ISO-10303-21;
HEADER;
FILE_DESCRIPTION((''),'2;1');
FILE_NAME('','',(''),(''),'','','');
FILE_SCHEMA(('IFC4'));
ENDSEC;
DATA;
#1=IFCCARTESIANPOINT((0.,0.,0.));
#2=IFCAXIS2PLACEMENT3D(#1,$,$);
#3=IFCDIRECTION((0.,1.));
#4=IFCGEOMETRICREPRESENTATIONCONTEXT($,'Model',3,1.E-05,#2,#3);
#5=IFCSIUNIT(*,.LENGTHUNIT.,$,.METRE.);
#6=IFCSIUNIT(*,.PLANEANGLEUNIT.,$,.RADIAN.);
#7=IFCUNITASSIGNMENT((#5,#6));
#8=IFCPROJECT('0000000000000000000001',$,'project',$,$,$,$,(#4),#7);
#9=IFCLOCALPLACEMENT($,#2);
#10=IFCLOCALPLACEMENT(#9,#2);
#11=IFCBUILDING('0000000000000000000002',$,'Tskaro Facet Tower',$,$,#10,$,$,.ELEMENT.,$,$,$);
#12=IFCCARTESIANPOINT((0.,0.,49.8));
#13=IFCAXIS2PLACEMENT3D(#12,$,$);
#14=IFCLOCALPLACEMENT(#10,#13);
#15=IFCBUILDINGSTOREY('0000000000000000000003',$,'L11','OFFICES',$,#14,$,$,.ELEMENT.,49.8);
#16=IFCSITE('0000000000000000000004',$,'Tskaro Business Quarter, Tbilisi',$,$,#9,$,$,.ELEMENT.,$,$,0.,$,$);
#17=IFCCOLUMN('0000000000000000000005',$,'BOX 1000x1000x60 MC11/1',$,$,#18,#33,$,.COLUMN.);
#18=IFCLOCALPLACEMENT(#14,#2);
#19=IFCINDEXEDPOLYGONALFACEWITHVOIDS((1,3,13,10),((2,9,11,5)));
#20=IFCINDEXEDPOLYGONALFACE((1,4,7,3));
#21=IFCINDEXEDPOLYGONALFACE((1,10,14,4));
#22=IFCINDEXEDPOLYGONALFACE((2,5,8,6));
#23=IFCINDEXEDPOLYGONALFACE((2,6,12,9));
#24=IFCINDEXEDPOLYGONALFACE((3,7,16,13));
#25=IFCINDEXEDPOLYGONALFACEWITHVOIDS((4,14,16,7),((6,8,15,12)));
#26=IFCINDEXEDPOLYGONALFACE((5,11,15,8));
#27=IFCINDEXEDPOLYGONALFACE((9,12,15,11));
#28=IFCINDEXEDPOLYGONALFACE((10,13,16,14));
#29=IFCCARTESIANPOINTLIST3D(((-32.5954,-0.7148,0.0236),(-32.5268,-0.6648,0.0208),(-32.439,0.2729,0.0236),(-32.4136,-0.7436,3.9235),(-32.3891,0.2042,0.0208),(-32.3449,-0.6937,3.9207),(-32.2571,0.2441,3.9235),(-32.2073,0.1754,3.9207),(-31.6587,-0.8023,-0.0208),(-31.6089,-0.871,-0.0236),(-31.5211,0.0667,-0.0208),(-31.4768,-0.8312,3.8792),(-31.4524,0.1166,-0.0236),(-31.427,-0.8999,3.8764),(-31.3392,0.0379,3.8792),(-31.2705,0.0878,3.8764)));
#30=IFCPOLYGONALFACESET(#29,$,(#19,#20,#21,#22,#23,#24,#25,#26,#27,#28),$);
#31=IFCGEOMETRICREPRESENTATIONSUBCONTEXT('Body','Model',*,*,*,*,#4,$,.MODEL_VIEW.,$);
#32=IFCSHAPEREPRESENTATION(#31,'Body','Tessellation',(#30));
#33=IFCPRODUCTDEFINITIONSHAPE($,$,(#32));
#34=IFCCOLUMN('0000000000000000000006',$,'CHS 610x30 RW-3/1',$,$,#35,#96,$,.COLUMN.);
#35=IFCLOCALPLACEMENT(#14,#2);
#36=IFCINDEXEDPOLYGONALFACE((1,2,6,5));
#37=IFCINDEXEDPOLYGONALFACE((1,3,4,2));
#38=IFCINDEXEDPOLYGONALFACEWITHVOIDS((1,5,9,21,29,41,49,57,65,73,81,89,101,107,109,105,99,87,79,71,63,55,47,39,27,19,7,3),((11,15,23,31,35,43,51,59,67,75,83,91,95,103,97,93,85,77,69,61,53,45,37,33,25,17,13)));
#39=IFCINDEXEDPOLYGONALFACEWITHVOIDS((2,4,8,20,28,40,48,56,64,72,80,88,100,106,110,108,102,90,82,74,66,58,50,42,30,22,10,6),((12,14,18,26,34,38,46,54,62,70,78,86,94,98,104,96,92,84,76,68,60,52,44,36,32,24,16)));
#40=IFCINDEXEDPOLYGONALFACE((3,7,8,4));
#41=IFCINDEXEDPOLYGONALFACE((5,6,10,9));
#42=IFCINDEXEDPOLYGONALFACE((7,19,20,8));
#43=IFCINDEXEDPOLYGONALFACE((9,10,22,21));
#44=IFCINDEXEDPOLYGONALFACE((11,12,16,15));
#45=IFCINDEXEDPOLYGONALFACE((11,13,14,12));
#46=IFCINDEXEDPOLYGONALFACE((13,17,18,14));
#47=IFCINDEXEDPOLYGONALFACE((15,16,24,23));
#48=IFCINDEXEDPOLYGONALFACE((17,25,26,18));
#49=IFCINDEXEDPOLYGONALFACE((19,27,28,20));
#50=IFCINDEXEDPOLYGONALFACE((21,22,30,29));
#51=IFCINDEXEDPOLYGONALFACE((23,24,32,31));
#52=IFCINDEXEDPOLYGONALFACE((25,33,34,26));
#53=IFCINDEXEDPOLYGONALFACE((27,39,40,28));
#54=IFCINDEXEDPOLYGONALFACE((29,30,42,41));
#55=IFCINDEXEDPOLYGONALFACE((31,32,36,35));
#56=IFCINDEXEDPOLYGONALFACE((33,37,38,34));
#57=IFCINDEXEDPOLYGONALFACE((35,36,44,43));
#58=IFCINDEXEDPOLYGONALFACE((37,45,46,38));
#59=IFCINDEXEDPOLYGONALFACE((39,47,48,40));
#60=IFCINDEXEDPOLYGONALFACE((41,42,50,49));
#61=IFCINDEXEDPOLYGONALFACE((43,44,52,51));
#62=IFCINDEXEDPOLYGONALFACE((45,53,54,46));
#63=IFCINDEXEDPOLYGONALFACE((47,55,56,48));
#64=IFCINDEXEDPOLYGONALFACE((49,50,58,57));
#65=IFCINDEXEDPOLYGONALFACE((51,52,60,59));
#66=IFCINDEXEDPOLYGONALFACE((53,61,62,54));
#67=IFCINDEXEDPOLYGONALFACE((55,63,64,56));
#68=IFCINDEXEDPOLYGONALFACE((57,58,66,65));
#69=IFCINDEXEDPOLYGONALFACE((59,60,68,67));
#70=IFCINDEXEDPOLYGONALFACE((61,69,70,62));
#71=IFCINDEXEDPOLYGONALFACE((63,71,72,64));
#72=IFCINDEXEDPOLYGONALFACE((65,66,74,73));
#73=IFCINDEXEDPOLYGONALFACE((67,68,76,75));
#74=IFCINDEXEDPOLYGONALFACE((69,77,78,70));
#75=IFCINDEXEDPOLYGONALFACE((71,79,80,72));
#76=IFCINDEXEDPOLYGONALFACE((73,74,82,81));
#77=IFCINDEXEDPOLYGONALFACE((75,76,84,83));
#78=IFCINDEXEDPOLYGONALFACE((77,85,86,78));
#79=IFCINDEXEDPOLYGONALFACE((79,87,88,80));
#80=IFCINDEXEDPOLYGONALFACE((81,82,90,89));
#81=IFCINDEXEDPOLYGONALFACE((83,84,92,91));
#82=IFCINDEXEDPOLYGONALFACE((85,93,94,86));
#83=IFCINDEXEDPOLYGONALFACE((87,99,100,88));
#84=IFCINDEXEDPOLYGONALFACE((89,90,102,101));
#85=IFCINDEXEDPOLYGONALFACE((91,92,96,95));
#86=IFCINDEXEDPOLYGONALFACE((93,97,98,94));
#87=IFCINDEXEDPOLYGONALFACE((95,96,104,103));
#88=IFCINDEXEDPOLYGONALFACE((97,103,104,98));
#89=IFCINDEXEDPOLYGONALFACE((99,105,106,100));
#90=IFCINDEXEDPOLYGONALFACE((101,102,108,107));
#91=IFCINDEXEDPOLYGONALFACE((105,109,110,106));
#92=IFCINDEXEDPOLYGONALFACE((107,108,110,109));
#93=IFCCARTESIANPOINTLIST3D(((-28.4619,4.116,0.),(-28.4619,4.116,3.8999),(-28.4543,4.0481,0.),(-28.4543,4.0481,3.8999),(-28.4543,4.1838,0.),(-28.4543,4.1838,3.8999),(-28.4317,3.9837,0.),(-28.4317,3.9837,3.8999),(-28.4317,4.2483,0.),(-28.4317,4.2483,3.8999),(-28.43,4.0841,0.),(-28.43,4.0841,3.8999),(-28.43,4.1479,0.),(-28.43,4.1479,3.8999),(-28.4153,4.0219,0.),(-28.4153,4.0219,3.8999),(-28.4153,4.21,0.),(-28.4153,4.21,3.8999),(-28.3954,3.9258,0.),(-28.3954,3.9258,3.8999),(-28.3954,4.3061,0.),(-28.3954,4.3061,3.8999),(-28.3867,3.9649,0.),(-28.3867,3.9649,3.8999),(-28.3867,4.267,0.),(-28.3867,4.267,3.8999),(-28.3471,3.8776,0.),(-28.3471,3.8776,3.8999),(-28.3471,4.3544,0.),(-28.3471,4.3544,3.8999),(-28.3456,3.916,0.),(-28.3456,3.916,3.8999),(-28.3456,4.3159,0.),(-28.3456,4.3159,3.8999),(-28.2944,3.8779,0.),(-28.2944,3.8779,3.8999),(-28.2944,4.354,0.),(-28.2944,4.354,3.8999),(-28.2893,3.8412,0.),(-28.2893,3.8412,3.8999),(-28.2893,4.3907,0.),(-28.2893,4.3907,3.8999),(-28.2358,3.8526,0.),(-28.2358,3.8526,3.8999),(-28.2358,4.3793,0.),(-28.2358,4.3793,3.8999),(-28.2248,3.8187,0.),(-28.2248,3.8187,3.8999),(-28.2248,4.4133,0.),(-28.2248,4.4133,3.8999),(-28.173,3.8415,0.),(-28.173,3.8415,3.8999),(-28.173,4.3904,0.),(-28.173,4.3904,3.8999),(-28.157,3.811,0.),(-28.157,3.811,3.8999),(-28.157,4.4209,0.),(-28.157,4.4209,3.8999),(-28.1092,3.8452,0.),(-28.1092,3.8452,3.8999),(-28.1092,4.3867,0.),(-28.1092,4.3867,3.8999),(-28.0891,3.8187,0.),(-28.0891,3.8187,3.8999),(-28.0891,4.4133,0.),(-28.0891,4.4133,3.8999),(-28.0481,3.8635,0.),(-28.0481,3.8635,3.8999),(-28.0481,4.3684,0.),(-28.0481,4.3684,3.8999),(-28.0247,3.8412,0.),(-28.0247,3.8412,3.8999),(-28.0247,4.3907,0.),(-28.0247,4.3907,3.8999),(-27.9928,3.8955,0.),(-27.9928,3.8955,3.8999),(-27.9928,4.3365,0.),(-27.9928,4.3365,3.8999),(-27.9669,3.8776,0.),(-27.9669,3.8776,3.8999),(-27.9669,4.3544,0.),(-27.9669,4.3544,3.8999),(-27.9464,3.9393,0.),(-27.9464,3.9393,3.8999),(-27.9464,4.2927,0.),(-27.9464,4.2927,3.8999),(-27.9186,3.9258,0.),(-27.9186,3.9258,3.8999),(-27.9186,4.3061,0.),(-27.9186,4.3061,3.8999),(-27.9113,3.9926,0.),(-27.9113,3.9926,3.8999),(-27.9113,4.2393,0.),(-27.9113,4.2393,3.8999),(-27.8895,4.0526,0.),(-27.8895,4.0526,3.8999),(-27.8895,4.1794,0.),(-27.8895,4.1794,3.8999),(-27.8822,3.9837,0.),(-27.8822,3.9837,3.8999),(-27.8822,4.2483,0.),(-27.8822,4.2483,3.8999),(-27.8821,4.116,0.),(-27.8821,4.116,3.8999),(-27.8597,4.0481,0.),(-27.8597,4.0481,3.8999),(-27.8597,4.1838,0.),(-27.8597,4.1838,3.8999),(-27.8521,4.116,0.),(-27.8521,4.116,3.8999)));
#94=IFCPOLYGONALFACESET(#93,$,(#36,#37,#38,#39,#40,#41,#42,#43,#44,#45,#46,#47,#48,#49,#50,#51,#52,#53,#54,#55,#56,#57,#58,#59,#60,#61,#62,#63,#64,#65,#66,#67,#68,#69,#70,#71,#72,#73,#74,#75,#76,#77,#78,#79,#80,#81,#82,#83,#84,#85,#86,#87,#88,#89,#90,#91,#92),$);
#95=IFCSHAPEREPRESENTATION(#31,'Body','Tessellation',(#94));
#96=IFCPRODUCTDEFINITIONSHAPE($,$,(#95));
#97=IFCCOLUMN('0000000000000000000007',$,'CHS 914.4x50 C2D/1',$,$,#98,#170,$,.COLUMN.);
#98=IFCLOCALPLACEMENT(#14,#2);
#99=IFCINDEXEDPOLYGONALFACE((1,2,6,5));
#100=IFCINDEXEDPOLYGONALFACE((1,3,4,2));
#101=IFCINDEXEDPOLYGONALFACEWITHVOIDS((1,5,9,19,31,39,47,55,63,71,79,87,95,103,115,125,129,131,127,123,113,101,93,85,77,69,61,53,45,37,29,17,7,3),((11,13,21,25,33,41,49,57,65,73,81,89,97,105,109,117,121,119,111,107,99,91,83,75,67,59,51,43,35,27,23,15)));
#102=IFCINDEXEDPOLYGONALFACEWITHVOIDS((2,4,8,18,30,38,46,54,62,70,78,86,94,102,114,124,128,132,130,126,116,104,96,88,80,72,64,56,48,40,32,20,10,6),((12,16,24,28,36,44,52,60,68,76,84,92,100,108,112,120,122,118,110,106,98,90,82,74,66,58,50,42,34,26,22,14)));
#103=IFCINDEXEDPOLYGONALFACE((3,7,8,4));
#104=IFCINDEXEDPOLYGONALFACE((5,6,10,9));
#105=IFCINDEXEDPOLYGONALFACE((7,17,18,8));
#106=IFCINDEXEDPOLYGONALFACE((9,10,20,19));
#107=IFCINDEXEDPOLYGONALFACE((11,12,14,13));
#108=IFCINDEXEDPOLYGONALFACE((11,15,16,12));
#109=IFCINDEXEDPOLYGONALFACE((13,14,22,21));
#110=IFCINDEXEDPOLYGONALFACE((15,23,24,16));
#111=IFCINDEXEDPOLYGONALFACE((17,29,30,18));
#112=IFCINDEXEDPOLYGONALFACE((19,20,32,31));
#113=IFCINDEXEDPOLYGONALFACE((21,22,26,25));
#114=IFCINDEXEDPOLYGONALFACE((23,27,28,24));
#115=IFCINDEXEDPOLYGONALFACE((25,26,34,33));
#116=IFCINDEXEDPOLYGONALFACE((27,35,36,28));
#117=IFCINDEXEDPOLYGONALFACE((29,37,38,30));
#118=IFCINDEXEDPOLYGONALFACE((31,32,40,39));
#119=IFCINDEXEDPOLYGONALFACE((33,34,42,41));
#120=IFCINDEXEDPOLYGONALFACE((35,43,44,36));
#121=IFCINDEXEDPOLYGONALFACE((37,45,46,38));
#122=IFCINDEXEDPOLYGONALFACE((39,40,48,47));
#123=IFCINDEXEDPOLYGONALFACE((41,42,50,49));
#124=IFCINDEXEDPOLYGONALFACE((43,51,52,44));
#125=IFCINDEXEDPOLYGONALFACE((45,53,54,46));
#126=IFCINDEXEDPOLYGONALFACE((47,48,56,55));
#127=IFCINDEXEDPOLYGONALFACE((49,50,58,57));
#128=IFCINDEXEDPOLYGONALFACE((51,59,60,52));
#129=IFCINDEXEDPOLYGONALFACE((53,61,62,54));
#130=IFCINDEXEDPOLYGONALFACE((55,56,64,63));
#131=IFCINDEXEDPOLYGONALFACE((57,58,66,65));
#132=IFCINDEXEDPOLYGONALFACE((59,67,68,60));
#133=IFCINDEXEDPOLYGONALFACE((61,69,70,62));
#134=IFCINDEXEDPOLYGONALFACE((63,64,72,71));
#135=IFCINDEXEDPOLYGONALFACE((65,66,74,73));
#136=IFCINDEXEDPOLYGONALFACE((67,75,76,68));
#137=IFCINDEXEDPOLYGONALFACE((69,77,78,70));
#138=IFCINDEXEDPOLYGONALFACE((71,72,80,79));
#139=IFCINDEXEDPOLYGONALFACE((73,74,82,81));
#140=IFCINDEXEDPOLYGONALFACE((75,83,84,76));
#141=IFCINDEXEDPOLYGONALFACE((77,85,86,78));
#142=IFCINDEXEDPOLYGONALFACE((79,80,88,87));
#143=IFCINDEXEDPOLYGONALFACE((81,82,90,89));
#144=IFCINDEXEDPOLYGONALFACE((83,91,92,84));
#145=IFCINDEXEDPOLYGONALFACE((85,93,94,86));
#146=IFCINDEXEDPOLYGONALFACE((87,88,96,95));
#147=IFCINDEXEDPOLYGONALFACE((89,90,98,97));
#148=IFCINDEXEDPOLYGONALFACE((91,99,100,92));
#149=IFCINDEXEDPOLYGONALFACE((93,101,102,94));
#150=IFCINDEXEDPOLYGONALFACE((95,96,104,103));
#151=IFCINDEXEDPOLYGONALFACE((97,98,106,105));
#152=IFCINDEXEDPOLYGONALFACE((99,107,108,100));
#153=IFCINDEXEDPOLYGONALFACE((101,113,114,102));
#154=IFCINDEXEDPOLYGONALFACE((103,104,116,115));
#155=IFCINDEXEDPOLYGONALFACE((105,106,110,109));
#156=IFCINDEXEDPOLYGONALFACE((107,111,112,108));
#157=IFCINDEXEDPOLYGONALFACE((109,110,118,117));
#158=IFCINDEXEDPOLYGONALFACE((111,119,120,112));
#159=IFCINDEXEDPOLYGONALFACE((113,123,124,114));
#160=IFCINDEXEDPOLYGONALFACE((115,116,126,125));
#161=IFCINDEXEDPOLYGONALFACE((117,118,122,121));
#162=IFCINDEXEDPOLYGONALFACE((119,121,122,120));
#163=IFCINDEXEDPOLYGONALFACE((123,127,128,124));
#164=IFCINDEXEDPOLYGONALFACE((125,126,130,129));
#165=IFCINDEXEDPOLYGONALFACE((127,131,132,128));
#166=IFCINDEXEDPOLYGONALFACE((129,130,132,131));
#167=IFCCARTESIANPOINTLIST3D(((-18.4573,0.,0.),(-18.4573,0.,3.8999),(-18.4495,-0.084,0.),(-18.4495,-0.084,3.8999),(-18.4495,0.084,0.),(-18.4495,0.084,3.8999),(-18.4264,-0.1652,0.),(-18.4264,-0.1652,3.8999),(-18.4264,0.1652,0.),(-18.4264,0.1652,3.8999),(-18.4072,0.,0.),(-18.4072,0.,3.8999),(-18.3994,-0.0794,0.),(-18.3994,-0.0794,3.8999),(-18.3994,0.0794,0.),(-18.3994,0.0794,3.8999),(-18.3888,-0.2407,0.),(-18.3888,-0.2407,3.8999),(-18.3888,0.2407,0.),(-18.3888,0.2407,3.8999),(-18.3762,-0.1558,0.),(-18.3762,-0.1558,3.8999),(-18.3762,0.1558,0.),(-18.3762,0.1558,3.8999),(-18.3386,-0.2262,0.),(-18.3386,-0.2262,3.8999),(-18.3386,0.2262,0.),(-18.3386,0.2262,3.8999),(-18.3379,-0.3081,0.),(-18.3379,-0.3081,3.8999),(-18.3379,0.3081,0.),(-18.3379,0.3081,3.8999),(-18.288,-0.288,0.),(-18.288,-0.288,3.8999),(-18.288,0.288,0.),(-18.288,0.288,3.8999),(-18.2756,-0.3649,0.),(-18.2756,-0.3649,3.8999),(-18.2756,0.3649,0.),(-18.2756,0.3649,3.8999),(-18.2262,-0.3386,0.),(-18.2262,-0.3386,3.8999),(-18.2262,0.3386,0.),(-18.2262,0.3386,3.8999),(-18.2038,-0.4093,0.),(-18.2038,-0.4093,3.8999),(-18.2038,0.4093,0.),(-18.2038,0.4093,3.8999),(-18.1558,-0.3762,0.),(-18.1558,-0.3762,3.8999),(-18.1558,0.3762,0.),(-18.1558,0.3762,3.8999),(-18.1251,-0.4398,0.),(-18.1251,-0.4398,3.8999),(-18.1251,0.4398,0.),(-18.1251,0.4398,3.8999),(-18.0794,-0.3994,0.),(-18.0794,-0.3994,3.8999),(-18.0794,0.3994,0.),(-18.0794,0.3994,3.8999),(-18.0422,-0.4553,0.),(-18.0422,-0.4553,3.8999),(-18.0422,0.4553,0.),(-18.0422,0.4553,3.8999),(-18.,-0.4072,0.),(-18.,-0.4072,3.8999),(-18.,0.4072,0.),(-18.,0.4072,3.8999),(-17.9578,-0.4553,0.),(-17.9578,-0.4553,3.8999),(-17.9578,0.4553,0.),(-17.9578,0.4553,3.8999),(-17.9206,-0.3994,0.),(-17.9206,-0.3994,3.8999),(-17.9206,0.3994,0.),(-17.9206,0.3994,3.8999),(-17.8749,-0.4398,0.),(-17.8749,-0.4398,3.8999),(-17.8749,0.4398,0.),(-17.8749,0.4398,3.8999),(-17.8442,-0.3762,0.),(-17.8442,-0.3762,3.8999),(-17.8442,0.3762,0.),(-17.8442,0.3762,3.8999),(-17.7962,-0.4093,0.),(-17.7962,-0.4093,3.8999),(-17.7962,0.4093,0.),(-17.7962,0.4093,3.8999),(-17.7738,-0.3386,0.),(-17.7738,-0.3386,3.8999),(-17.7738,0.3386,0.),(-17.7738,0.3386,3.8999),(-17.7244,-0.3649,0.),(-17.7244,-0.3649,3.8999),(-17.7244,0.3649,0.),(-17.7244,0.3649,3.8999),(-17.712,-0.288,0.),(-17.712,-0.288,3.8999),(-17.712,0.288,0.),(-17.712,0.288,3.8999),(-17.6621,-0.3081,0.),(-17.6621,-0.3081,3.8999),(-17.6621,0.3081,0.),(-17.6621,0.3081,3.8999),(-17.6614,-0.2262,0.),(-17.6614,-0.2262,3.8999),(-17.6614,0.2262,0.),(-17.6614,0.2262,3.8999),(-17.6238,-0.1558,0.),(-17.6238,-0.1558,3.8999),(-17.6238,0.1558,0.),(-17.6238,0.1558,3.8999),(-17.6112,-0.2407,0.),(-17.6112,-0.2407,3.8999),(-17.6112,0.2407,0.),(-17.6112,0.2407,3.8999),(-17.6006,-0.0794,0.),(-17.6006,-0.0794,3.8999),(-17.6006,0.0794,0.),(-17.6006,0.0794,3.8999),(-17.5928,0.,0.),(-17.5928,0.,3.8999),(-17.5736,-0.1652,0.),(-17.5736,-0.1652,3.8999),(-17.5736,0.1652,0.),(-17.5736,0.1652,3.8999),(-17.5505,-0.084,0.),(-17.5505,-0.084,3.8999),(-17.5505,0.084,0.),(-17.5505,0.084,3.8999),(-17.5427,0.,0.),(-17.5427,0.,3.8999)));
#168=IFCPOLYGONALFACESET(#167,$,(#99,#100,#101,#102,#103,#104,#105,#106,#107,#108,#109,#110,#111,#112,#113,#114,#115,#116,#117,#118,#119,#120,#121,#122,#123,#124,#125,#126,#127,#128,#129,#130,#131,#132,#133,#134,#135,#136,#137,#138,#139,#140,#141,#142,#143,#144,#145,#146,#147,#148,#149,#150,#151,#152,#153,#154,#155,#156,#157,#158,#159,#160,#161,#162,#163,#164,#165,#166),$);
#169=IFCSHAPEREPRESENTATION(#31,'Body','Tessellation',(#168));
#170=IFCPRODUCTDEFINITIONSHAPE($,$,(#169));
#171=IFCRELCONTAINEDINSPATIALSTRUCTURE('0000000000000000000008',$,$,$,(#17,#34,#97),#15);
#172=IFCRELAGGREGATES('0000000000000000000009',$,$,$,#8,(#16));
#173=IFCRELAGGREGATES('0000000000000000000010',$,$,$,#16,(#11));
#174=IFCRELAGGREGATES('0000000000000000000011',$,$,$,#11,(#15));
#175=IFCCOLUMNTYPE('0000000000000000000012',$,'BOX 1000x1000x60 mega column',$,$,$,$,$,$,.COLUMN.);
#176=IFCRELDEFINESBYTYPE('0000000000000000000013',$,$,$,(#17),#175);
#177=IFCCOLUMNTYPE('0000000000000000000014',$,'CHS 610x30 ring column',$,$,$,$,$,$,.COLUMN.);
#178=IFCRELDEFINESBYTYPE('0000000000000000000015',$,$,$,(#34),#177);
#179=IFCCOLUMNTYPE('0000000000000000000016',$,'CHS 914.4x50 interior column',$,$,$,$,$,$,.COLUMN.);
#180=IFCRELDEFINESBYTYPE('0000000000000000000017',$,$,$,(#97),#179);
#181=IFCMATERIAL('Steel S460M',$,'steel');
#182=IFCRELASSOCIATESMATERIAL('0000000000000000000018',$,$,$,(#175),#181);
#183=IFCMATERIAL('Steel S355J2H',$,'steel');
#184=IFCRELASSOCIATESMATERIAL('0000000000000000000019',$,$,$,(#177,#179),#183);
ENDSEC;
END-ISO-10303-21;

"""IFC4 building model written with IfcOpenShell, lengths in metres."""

from ifc_helpers import new_model, si_unit, direction, frame, origin, origin_2d, place, context, subcontext, project, spatial, hollow_rectangle, hollow_circle, extrude, material, material_profile, profile_set, type_object, element, save


model = new_model("IFC4")

# Units and contexts
model_context = context("Model", 3, precision=1e-05, world=origin(), true_north=direction((0.0, 1.0)))
body_context = subcontext(model_context, "Body", "Model", "MODEL_VIEW")
ifc_project = project(units=[si_unit("LENGTHUNIT", "METRE"), si_unit("PLANEANGLEUNIT", "RADIAN")], contexts=[model_context])

# Site, building, storey
site_placement = place(None, origin())
site = spatial("IfcSite", under=ifc_project, at=site_placement, Name="Tskaro Business Quarter, Tbilisi", CompositionType="ELEMENT", RefElevation=0.0)
building_placement = place(site_placement, origin())
building = spatial("IfcBuilding", under=site, at=building_placement, Name="Tskaro Facet Tower", CompositionType="ELEMENT")
storey_placement = place(building_placement, frame((0.0, 0.0, 49.8)))
storey = spatial("IfcBuildingStorey", under=building, at=storey_placement, Name="L11", Description="OFFICES", CompositionType="ELEMENT", Elevation=49.8)

# Columns
ifc_material_1 = material(Name="Steel S460M", Category="steel")
ifc_material_profile_1 = material_profile(ifc_material_1, hollow_rectangle(XDim=1.0, YDim=1.0, WallThickness=0.0601, at=origin_2d()), Name="BOX 1000x1000x60")
ifc_profile_set_1 = profile_set([ifc_material_profile_1], Name="Steel S460M")
column_type_1 = type_object("IfcColumnType", Name="BOX 1000x1000x60 mega column", PredefinedType="COLUMN", material=ifc_profile_set_1)
column_1_placement = place(storey_placement, frame((-32.0239, -0.2991, 0.0), z_axis=(0.046586, -0.007379, 0.998887), x_axis=(0.156439, 0.987688, 0.0)))
element("IfcColumn", 1, at=column_1_placement, inside=storey, type_object=column_type_1, Name="BOX 1000x1000x60 MC11/1", PredefinedType="COLUMN", context=body_context, shape_type="SweptSolid", body=[
    extrude(hollow_rectangle(XDim=1.0, YDim=1.0, WallThickness=0.0601, at=origin_2d()), origin(), (0.0, 0.0, 1.0), 3.9043),
])
ifc_material_2 = material(Name="Steel S355J2H", Category="steel")
ifc_material_profile_2 = material_profile(ifc_material_2, hollow_circle(Radius=0.3049, WallThickness=0.03, at=origin_2d()), Name="CHS 610x30")
ifc_profile_set_2 = profile_set([ifc_material_profile_2], Name="Steel S355J2H")
column_type_2 = type_object("IfcColumnType", Name="CHS 610x30 ring column", PredefinedType="COLUMN", material=ifc_profile_set_2)
column_2_placement = place(storey_placement, frame((-28.157, 4.116, 0.0), z_axis=(0.0, 0.0, 1.0), x_axis=(1.0, 0.0, 0.0)))
element("IfcColumn", 2, at=column_2_placement, inside=storey, type_object=column_type_2, Name="CHS 610x30 RW-3/1", PredefinedType="COLUMN", context=body_context, shape_type="SweptSolid", body=[
    extrude(hollow_circle(Radius=0.3049, WallThickness=0.03, at=origin_2d()), origin(), (0.0, 0.0, 1.0), 3.8999),
])
ifc_material_profile_3 = material_profile(ifc_material_2, hollow_circle(Radius=0.4573, WallThickness=0.05, at=origin_2d()), Name="CHS 914.4x50")
ifc_profile_set_3 = profile_set([ifc_material_profile_3], Name="Steel S355J2H")
column_type_3 = type_object("IfcColumnType", Name="CHS 914.4x50 interior column", PredefinedType="COLUMN", material=ifc_profile_set_3)
for number, where, z_axis, x_axis, name in (
    (3, (-18.0, 0.0, 0.0), (0.0, 0.0, 1.0), (1.0, 0.0, 0.0), "CHS 914.4x50 C2D/1"),
):
    element("IfcColumn", number, at=place(storey_placement, frame(where, z_axis=z_axis, x_axis=x_axis)), inside=storey, type_object=column_type_3, Name=name, PredefinedType="COLUMN", context=body_context, shape_type="SweptSolid", body=[
        extrude(hollow_circle(Radius=0.4573, WallThickness=0.05, at=origin_2d()), origin(), (0.0, 0.0, 1.0), 3.8999),
    ])

save(model, "model.ifc")
